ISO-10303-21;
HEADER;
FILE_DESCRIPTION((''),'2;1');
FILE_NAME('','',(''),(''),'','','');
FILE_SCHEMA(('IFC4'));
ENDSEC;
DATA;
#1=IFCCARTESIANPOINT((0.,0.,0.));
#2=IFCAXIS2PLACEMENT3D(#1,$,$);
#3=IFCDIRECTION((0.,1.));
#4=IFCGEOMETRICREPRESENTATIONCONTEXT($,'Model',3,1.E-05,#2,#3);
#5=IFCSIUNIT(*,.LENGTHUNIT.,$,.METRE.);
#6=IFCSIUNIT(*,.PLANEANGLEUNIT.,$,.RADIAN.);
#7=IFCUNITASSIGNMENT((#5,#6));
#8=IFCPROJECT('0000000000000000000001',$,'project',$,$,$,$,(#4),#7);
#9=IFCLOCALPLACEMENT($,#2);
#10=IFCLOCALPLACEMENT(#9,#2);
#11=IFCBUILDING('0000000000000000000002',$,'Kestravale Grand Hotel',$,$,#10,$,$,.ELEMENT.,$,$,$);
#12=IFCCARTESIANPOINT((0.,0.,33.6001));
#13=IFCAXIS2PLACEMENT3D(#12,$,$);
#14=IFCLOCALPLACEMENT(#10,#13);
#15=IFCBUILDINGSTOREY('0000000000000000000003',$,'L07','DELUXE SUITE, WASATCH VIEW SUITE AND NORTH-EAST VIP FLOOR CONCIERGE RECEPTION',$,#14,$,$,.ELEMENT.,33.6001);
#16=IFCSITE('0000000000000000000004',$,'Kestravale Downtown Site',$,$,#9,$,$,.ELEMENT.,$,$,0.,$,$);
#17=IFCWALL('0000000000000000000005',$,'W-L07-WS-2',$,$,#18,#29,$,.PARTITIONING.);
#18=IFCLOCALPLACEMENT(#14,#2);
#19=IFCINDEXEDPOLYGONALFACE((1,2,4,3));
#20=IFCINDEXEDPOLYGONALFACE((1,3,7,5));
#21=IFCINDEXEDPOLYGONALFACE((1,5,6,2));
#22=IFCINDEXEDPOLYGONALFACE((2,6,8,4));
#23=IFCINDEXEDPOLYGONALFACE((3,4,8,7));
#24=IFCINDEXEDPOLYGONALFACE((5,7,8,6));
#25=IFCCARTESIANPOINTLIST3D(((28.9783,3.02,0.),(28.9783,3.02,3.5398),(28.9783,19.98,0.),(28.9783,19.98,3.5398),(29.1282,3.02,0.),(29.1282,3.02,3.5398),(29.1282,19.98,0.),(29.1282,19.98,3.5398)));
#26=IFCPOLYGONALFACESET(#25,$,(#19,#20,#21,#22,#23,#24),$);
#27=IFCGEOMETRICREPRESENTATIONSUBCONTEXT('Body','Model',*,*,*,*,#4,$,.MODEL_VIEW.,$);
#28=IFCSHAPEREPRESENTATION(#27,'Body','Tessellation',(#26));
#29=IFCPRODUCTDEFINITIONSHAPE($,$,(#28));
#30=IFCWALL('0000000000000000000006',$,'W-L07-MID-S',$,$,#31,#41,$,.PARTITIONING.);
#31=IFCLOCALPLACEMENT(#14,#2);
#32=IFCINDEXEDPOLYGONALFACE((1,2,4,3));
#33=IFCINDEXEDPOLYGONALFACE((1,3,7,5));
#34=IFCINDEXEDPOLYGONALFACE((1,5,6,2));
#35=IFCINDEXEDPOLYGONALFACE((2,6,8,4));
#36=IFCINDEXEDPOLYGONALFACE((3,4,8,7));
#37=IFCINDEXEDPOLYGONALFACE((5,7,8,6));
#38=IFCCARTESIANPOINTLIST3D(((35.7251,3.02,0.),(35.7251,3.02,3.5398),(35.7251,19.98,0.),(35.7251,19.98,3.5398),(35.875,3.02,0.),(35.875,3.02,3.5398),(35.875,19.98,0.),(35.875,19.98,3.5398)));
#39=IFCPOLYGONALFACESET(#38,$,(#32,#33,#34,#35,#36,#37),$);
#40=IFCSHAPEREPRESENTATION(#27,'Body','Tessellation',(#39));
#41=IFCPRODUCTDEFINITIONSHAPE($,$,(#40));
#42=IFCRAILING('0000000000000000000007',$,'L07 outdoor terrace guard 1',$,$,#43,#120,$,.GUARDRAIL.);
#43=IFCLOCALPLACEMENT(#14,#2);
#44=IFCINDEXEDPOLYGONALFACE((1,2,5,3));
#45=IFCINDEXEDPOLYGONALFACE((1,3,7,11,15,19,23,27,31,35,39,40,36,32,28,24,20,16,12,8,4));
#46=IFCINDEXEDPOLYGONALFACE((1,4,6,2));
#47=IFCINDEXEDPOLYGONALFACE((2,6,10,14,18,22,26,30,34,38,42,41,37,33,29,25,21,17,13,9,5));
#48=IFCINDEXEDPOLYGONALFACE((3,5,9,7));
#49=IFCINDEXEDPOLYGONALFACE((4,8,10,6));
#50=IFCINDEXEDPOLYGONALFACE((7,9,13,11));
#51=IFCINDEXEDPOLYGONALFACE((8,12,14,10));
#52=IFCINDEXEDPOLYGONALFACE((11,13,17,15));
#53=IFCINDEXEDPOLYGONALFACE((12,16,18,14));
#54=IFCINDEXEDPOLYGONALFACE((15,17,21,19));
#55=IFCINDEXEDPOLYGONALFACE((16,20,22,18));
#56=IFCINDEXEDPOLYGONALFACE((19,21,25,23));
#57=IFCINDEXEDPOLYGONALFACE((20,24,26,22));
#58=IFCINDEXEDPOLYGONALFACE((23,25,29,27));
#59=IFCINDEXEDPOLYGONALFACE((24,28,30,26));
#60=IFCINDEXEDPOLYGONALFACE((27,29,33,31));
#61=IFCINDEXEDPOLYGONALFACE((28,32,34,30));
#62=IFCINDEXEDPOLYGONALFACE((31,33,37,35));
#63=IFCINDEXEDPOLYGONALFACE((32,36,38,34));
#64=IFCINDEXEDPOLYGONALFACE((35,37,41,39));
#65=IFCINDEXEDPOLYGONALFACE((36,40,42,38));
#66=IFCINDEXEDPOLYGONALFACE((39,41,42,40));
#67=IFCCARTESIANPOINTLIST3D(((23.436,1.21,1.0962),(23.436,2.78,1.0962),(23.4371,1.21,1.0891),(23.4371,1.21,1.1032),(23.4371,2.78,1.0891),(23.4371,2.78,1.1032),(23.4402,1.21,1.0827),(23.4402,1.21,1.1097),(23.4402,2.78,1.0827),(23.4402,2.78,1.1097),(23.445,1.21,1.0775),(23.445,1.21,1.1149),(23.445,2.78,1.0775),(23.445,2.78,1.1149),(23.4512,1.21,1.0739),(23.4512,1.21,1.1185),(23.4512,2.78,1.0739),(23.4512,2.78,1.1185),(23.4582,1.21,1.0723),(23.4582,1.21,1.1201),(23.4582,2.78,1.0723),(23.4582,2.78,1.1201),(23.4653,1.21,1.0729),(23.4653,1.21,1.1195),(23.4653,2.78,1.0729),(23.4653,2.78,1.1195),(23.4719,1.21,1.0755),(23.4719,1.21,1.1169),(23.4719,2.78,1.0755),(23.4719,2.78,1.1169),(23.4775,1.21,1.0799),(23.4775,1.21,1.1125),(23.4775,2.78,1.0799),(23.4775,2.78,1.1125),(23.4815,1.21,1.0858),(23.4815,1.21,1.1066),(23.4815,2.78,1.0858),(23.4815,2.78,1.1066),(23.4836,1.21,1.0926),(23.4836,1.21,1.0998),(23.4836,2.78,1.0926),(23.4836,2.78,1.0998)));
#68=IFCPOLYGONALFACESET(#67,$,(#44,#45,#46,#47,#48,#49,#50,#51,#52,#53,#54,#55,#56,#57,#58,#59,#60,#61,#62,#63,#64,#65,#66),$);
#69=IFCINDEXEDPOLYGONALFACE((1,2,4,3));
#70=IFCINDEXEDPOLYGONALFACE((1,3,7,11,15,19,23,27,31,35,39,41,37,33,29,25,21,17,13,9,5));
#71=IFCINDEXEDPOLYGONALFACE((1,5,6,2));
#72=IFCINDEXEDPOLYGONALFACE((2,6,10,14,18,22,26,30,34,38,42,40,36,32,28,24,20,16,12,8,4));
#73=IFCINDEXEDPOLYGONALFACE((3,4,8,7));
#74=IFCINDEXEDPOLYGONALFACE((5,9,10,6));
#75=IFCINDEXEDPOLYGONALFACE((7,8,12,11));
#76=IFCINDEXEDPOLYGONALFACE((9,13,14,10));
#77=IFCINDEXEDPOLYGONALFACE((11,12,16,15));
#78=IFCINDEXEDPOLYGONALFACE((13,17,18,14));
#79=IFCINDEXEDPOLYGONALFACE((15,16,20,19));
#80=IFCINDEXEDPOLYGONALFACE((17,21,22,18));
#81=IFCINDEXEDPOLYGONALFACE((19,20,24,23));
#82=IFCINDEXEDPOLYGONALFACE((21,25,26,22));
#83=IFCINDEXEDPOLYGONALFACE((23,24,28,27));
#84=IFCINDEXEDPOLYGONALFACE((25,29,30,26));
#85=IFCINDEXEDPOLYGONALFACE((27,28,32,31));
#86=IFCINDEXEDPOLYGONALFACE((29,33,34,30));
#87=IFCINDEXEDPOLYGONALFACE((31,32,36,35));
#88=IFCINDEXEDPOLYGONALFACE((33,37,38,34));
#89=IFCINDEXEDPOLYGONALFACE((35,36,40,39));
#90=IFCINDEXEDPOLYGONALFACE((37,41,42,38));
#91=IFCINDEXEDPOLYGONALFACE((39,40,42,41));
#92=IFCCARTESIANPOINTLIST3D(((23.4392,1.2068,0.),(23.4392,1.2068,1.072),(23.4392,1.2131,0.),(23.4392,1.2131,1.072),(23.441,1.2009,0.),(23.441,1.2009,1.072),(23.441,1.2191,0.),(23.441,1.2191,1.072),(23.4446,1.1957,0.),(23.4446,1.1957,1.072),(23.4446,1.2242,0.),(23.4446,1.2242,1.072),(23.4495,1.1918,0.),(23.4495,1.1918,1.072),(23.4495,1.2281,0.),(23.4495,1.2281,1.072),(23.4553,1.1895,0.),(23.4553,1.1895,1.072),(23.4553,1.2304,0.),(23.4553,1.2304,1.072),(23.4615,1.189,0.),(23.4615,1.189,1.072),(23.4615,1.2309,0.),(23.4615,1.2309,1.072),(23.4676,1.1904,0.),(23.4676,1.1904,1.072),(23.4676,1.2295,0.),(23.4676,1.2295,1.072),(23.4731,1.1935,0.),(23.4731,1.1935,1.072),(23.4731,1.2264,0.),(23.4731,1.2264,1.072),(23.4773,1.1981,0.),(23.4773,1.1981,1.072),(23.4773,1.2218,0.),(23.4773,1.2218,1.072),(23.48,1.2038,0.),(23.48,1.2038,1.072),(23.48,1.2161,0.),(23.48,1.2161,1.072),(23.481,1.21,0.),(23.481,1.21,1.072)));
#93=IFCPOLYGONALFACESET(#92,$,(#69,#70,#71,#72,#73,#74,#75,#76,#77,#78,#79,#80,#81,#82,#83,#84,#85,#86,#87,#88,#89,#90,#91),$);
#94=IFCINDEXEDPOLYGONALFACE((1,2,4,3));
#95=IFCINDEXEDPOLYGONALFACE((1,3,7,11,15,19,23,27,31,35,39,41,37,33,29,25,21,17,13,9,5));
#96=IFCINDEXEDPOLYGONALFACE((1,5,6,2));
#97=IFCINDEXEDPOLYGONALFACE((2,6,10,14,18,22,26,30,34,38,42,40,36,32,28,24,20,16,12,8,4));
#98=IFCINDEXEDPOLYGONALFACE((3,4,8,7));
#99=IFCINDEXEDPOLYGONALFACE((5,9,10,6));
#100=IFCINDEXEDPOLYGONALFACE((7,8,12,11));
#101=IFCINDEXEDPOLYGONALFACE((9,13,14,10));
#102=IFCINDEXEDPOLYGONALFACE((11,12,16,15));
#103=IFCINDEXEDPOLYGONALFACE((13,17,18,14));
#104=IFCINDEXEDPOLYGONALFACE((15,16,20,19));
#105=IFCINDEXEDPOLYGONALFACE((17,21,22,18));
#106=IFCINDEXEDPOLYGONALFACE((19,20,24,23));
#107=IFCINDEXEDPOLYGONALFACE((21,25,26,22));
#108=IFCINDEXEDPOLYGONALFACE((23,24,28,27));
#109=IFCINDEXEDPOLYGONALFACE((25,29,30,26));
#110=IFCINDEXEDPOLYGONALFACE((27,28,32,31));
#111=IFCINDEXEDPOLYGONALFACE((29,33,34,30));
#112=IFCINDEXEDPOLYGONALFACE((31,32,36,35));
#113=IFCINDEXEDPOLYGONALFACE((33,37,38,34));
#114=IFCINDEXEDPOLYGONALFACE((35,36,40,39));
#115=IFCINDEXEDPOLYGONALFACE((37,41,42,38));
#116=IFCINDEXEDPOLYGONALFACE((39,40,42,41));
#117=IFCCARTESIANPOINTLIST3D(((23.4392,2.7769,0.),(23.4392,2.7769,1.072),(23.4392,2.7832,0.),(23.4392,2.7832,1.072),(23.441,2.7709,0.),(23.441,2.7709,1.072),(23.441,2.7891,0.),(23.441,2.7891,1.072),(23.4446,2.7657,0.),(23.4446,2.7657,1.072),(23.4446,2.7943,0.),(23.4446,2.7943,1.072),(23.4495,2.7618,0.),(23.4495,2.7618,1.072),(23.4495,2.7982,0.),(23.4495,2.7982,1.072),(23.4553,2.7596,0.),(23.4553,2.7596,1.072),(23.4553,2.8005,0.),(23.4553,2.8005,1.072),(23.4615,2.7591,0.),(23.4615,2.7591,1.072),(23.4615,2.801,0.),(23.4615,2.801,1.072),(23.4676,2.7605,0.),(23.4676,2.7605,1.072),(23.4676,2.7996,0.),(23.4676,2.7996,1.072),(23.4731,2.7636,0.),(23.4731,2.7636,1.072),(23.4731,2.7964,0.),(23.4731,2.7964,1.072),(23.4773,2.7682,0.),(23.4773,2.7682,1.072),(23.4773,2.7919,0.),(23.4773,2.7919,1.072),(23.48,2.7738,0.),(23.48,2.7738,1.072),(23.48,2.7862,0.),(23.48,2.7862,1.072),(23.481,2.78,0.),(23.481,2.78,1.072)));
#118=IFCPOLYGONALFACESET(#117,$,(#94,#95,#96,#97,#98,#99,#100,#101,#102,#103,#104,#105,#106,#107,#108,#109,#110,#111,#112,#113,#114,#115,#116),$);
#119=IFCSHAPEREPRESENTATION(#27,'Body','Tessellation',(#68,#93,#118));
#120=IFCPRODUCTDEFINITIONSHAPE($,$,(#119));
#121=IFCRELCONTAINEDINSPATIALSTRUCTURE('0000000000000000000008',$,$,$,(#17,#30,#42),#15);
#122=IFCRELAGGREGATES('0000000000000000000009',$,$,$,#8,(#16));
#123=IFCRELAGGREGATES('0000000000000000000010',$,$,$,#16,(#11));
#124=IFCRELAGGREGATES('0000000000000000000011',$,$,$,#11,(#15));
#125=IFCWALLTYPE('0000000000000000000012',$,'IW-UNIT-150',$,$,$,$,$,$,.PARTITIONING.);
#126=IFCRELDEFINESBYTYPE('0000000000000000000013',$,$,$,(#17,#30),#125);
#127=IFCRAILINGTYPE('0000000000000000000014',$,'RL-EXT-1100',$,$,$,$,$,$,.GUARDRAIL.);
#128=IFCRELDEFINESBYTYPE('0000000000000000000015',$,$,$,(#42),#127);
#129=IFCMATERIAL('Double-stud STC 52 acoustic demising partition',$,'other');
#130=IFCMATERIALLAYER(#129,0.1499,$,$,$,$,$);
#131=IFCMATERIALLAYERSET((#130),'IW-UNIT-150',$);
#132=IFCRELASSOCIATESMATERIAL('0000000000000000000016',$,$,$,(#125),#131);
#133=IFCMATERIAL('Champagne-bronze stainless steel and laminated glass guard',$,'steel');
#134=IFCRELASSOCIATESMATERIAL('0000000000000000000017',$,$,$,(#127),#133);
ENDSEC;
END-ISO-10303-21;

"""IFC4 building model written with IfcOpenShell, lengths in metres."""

from ifc_helpers import new_model, si_unit, direction, frame, frame_2d, origin, origin_2d, place, context, subcontext, project, spatial, rectangle, circle, extrude, material, layer, layer_set, type_object, element, save


model = new_model("IFC4")

# Units and contexts
model_context = context("Model", 3, precision=1e-05, world=origin(), true_north=direction((0.0, 1.0)))
body_context = subcontext(model_context, "Body", "Model", "MODEL_VIEW")
ifc_project = project(units=[si_unit("LENGTHUNIT", "METRE"), si_unit("PLANEANGLEUNIT", "RADIAN")], contexts=[model_context])

# Site, building, storey
site_placement = place(None, origin())
site = spatial("IfcSite", under=ifc_project, at=site_placement, Name="Kestravale Downtown Site", CompositionType="ELEMENT", RefElevation=0.0)
building_placement = place(site_placement, origin())
building = spatial("IfcBuilding", under=site, at=building_placement, Name="Kestravale Grand Hotel", CompositionType="ELEMENT")
storey_placement = place(building_placement, frame((0.0, 0.0, 33.6001)))
storey = spatial("IfcBuildingStorey", under=building, at=storey_placement, Name="L07", Description="DELUXE SUITE, WASATCH VIEW SUITE AND NORTH-EAST VIP FLOOR CONCIERGE RECEPTION", CompositionType="ELEMENT", Elevation=33.6001)

# Walls
ifc_material_1 = material(Name="Double-stud STC 52 acoustic demising partition", Category="other")
ifc_layer = layer(ifc_material_1, 0.1499)
ifc_layer_set = layer_set([ifc_layer], Name="IW-UNIT-150")
wall_type = type_object("IfcWallType", Name="IW-UNIT-150", PredefinedType="PARTITIONING", material=ifc_layer_set)
for number, where, z_axis, x_axis, name in (
    (1, (29.0532, 3.02, 0.0), (0.0, 0.0, 1.0), (0.0, 1.0, 0.0), "W-L07-WS-2"),
    (2, (35.8, 3.02, 0.0), (0.0, 0.0, 1.0), (0.0, 1.0, 0.0), "W-L07-MID-S"),
):
    element("IfcWall", number, at=place(storey_placement, frame(where, z_axis=z_axis, x_axis=x_axis)), inside=storey, type_object=wall_type, Name=name, PredefinedType="PARTITIONING", context=body_context, shape_type="SweptSolid", body=[
        extrude(rectangle(XDim=16.96, YDim=0.1499, at=frame_2d((8.48, 0.0))), origin(), (0.0, 0.0, 1.0), 3.5398),
    ])

# Railing
ifc_material_2 = material(Name="Champagne-bronze stainless steel and laminated glass guard", Category="steel")
railing_type = type_object("IfcRailingType", Name="RL-EXT-1100", PredefinedType="GUARDRAIL", material=ifc_material_2)
railing_1_placement = place(storey_placement, frame((23.46, 1.21, 0.0)))
element("IfcRailing", 3, at=railing_1_placement, inside=storey, type_object=railing_type, Name="L07 outdoor terrace guard 1", PredefinedType="GUARDRAIL", context=body_context, shape_type="SweptSolid", body=[
    extrude(circle(Radius=0.0239, at=origin_2d()), frame((0.0, 0.0, 1.0962), z_axis=(0.0, 1.0, 0.0), x_axis=(-1.0, 0.0, 0.0)), (0.0, 0.0, 1.0), 1.5701),
    extrude(circle(Radius=0.021, at=origin_2d()), origin(), (0.0, 0.0, 1.0), 1.072),
    extrude(circle(Radius=0.021, at=origin_2d()), frame((0.0, 1.5701, 0.0)), (0.0, 0.0, 1.0), 1.072),
])

save(model, "model.ifc")
